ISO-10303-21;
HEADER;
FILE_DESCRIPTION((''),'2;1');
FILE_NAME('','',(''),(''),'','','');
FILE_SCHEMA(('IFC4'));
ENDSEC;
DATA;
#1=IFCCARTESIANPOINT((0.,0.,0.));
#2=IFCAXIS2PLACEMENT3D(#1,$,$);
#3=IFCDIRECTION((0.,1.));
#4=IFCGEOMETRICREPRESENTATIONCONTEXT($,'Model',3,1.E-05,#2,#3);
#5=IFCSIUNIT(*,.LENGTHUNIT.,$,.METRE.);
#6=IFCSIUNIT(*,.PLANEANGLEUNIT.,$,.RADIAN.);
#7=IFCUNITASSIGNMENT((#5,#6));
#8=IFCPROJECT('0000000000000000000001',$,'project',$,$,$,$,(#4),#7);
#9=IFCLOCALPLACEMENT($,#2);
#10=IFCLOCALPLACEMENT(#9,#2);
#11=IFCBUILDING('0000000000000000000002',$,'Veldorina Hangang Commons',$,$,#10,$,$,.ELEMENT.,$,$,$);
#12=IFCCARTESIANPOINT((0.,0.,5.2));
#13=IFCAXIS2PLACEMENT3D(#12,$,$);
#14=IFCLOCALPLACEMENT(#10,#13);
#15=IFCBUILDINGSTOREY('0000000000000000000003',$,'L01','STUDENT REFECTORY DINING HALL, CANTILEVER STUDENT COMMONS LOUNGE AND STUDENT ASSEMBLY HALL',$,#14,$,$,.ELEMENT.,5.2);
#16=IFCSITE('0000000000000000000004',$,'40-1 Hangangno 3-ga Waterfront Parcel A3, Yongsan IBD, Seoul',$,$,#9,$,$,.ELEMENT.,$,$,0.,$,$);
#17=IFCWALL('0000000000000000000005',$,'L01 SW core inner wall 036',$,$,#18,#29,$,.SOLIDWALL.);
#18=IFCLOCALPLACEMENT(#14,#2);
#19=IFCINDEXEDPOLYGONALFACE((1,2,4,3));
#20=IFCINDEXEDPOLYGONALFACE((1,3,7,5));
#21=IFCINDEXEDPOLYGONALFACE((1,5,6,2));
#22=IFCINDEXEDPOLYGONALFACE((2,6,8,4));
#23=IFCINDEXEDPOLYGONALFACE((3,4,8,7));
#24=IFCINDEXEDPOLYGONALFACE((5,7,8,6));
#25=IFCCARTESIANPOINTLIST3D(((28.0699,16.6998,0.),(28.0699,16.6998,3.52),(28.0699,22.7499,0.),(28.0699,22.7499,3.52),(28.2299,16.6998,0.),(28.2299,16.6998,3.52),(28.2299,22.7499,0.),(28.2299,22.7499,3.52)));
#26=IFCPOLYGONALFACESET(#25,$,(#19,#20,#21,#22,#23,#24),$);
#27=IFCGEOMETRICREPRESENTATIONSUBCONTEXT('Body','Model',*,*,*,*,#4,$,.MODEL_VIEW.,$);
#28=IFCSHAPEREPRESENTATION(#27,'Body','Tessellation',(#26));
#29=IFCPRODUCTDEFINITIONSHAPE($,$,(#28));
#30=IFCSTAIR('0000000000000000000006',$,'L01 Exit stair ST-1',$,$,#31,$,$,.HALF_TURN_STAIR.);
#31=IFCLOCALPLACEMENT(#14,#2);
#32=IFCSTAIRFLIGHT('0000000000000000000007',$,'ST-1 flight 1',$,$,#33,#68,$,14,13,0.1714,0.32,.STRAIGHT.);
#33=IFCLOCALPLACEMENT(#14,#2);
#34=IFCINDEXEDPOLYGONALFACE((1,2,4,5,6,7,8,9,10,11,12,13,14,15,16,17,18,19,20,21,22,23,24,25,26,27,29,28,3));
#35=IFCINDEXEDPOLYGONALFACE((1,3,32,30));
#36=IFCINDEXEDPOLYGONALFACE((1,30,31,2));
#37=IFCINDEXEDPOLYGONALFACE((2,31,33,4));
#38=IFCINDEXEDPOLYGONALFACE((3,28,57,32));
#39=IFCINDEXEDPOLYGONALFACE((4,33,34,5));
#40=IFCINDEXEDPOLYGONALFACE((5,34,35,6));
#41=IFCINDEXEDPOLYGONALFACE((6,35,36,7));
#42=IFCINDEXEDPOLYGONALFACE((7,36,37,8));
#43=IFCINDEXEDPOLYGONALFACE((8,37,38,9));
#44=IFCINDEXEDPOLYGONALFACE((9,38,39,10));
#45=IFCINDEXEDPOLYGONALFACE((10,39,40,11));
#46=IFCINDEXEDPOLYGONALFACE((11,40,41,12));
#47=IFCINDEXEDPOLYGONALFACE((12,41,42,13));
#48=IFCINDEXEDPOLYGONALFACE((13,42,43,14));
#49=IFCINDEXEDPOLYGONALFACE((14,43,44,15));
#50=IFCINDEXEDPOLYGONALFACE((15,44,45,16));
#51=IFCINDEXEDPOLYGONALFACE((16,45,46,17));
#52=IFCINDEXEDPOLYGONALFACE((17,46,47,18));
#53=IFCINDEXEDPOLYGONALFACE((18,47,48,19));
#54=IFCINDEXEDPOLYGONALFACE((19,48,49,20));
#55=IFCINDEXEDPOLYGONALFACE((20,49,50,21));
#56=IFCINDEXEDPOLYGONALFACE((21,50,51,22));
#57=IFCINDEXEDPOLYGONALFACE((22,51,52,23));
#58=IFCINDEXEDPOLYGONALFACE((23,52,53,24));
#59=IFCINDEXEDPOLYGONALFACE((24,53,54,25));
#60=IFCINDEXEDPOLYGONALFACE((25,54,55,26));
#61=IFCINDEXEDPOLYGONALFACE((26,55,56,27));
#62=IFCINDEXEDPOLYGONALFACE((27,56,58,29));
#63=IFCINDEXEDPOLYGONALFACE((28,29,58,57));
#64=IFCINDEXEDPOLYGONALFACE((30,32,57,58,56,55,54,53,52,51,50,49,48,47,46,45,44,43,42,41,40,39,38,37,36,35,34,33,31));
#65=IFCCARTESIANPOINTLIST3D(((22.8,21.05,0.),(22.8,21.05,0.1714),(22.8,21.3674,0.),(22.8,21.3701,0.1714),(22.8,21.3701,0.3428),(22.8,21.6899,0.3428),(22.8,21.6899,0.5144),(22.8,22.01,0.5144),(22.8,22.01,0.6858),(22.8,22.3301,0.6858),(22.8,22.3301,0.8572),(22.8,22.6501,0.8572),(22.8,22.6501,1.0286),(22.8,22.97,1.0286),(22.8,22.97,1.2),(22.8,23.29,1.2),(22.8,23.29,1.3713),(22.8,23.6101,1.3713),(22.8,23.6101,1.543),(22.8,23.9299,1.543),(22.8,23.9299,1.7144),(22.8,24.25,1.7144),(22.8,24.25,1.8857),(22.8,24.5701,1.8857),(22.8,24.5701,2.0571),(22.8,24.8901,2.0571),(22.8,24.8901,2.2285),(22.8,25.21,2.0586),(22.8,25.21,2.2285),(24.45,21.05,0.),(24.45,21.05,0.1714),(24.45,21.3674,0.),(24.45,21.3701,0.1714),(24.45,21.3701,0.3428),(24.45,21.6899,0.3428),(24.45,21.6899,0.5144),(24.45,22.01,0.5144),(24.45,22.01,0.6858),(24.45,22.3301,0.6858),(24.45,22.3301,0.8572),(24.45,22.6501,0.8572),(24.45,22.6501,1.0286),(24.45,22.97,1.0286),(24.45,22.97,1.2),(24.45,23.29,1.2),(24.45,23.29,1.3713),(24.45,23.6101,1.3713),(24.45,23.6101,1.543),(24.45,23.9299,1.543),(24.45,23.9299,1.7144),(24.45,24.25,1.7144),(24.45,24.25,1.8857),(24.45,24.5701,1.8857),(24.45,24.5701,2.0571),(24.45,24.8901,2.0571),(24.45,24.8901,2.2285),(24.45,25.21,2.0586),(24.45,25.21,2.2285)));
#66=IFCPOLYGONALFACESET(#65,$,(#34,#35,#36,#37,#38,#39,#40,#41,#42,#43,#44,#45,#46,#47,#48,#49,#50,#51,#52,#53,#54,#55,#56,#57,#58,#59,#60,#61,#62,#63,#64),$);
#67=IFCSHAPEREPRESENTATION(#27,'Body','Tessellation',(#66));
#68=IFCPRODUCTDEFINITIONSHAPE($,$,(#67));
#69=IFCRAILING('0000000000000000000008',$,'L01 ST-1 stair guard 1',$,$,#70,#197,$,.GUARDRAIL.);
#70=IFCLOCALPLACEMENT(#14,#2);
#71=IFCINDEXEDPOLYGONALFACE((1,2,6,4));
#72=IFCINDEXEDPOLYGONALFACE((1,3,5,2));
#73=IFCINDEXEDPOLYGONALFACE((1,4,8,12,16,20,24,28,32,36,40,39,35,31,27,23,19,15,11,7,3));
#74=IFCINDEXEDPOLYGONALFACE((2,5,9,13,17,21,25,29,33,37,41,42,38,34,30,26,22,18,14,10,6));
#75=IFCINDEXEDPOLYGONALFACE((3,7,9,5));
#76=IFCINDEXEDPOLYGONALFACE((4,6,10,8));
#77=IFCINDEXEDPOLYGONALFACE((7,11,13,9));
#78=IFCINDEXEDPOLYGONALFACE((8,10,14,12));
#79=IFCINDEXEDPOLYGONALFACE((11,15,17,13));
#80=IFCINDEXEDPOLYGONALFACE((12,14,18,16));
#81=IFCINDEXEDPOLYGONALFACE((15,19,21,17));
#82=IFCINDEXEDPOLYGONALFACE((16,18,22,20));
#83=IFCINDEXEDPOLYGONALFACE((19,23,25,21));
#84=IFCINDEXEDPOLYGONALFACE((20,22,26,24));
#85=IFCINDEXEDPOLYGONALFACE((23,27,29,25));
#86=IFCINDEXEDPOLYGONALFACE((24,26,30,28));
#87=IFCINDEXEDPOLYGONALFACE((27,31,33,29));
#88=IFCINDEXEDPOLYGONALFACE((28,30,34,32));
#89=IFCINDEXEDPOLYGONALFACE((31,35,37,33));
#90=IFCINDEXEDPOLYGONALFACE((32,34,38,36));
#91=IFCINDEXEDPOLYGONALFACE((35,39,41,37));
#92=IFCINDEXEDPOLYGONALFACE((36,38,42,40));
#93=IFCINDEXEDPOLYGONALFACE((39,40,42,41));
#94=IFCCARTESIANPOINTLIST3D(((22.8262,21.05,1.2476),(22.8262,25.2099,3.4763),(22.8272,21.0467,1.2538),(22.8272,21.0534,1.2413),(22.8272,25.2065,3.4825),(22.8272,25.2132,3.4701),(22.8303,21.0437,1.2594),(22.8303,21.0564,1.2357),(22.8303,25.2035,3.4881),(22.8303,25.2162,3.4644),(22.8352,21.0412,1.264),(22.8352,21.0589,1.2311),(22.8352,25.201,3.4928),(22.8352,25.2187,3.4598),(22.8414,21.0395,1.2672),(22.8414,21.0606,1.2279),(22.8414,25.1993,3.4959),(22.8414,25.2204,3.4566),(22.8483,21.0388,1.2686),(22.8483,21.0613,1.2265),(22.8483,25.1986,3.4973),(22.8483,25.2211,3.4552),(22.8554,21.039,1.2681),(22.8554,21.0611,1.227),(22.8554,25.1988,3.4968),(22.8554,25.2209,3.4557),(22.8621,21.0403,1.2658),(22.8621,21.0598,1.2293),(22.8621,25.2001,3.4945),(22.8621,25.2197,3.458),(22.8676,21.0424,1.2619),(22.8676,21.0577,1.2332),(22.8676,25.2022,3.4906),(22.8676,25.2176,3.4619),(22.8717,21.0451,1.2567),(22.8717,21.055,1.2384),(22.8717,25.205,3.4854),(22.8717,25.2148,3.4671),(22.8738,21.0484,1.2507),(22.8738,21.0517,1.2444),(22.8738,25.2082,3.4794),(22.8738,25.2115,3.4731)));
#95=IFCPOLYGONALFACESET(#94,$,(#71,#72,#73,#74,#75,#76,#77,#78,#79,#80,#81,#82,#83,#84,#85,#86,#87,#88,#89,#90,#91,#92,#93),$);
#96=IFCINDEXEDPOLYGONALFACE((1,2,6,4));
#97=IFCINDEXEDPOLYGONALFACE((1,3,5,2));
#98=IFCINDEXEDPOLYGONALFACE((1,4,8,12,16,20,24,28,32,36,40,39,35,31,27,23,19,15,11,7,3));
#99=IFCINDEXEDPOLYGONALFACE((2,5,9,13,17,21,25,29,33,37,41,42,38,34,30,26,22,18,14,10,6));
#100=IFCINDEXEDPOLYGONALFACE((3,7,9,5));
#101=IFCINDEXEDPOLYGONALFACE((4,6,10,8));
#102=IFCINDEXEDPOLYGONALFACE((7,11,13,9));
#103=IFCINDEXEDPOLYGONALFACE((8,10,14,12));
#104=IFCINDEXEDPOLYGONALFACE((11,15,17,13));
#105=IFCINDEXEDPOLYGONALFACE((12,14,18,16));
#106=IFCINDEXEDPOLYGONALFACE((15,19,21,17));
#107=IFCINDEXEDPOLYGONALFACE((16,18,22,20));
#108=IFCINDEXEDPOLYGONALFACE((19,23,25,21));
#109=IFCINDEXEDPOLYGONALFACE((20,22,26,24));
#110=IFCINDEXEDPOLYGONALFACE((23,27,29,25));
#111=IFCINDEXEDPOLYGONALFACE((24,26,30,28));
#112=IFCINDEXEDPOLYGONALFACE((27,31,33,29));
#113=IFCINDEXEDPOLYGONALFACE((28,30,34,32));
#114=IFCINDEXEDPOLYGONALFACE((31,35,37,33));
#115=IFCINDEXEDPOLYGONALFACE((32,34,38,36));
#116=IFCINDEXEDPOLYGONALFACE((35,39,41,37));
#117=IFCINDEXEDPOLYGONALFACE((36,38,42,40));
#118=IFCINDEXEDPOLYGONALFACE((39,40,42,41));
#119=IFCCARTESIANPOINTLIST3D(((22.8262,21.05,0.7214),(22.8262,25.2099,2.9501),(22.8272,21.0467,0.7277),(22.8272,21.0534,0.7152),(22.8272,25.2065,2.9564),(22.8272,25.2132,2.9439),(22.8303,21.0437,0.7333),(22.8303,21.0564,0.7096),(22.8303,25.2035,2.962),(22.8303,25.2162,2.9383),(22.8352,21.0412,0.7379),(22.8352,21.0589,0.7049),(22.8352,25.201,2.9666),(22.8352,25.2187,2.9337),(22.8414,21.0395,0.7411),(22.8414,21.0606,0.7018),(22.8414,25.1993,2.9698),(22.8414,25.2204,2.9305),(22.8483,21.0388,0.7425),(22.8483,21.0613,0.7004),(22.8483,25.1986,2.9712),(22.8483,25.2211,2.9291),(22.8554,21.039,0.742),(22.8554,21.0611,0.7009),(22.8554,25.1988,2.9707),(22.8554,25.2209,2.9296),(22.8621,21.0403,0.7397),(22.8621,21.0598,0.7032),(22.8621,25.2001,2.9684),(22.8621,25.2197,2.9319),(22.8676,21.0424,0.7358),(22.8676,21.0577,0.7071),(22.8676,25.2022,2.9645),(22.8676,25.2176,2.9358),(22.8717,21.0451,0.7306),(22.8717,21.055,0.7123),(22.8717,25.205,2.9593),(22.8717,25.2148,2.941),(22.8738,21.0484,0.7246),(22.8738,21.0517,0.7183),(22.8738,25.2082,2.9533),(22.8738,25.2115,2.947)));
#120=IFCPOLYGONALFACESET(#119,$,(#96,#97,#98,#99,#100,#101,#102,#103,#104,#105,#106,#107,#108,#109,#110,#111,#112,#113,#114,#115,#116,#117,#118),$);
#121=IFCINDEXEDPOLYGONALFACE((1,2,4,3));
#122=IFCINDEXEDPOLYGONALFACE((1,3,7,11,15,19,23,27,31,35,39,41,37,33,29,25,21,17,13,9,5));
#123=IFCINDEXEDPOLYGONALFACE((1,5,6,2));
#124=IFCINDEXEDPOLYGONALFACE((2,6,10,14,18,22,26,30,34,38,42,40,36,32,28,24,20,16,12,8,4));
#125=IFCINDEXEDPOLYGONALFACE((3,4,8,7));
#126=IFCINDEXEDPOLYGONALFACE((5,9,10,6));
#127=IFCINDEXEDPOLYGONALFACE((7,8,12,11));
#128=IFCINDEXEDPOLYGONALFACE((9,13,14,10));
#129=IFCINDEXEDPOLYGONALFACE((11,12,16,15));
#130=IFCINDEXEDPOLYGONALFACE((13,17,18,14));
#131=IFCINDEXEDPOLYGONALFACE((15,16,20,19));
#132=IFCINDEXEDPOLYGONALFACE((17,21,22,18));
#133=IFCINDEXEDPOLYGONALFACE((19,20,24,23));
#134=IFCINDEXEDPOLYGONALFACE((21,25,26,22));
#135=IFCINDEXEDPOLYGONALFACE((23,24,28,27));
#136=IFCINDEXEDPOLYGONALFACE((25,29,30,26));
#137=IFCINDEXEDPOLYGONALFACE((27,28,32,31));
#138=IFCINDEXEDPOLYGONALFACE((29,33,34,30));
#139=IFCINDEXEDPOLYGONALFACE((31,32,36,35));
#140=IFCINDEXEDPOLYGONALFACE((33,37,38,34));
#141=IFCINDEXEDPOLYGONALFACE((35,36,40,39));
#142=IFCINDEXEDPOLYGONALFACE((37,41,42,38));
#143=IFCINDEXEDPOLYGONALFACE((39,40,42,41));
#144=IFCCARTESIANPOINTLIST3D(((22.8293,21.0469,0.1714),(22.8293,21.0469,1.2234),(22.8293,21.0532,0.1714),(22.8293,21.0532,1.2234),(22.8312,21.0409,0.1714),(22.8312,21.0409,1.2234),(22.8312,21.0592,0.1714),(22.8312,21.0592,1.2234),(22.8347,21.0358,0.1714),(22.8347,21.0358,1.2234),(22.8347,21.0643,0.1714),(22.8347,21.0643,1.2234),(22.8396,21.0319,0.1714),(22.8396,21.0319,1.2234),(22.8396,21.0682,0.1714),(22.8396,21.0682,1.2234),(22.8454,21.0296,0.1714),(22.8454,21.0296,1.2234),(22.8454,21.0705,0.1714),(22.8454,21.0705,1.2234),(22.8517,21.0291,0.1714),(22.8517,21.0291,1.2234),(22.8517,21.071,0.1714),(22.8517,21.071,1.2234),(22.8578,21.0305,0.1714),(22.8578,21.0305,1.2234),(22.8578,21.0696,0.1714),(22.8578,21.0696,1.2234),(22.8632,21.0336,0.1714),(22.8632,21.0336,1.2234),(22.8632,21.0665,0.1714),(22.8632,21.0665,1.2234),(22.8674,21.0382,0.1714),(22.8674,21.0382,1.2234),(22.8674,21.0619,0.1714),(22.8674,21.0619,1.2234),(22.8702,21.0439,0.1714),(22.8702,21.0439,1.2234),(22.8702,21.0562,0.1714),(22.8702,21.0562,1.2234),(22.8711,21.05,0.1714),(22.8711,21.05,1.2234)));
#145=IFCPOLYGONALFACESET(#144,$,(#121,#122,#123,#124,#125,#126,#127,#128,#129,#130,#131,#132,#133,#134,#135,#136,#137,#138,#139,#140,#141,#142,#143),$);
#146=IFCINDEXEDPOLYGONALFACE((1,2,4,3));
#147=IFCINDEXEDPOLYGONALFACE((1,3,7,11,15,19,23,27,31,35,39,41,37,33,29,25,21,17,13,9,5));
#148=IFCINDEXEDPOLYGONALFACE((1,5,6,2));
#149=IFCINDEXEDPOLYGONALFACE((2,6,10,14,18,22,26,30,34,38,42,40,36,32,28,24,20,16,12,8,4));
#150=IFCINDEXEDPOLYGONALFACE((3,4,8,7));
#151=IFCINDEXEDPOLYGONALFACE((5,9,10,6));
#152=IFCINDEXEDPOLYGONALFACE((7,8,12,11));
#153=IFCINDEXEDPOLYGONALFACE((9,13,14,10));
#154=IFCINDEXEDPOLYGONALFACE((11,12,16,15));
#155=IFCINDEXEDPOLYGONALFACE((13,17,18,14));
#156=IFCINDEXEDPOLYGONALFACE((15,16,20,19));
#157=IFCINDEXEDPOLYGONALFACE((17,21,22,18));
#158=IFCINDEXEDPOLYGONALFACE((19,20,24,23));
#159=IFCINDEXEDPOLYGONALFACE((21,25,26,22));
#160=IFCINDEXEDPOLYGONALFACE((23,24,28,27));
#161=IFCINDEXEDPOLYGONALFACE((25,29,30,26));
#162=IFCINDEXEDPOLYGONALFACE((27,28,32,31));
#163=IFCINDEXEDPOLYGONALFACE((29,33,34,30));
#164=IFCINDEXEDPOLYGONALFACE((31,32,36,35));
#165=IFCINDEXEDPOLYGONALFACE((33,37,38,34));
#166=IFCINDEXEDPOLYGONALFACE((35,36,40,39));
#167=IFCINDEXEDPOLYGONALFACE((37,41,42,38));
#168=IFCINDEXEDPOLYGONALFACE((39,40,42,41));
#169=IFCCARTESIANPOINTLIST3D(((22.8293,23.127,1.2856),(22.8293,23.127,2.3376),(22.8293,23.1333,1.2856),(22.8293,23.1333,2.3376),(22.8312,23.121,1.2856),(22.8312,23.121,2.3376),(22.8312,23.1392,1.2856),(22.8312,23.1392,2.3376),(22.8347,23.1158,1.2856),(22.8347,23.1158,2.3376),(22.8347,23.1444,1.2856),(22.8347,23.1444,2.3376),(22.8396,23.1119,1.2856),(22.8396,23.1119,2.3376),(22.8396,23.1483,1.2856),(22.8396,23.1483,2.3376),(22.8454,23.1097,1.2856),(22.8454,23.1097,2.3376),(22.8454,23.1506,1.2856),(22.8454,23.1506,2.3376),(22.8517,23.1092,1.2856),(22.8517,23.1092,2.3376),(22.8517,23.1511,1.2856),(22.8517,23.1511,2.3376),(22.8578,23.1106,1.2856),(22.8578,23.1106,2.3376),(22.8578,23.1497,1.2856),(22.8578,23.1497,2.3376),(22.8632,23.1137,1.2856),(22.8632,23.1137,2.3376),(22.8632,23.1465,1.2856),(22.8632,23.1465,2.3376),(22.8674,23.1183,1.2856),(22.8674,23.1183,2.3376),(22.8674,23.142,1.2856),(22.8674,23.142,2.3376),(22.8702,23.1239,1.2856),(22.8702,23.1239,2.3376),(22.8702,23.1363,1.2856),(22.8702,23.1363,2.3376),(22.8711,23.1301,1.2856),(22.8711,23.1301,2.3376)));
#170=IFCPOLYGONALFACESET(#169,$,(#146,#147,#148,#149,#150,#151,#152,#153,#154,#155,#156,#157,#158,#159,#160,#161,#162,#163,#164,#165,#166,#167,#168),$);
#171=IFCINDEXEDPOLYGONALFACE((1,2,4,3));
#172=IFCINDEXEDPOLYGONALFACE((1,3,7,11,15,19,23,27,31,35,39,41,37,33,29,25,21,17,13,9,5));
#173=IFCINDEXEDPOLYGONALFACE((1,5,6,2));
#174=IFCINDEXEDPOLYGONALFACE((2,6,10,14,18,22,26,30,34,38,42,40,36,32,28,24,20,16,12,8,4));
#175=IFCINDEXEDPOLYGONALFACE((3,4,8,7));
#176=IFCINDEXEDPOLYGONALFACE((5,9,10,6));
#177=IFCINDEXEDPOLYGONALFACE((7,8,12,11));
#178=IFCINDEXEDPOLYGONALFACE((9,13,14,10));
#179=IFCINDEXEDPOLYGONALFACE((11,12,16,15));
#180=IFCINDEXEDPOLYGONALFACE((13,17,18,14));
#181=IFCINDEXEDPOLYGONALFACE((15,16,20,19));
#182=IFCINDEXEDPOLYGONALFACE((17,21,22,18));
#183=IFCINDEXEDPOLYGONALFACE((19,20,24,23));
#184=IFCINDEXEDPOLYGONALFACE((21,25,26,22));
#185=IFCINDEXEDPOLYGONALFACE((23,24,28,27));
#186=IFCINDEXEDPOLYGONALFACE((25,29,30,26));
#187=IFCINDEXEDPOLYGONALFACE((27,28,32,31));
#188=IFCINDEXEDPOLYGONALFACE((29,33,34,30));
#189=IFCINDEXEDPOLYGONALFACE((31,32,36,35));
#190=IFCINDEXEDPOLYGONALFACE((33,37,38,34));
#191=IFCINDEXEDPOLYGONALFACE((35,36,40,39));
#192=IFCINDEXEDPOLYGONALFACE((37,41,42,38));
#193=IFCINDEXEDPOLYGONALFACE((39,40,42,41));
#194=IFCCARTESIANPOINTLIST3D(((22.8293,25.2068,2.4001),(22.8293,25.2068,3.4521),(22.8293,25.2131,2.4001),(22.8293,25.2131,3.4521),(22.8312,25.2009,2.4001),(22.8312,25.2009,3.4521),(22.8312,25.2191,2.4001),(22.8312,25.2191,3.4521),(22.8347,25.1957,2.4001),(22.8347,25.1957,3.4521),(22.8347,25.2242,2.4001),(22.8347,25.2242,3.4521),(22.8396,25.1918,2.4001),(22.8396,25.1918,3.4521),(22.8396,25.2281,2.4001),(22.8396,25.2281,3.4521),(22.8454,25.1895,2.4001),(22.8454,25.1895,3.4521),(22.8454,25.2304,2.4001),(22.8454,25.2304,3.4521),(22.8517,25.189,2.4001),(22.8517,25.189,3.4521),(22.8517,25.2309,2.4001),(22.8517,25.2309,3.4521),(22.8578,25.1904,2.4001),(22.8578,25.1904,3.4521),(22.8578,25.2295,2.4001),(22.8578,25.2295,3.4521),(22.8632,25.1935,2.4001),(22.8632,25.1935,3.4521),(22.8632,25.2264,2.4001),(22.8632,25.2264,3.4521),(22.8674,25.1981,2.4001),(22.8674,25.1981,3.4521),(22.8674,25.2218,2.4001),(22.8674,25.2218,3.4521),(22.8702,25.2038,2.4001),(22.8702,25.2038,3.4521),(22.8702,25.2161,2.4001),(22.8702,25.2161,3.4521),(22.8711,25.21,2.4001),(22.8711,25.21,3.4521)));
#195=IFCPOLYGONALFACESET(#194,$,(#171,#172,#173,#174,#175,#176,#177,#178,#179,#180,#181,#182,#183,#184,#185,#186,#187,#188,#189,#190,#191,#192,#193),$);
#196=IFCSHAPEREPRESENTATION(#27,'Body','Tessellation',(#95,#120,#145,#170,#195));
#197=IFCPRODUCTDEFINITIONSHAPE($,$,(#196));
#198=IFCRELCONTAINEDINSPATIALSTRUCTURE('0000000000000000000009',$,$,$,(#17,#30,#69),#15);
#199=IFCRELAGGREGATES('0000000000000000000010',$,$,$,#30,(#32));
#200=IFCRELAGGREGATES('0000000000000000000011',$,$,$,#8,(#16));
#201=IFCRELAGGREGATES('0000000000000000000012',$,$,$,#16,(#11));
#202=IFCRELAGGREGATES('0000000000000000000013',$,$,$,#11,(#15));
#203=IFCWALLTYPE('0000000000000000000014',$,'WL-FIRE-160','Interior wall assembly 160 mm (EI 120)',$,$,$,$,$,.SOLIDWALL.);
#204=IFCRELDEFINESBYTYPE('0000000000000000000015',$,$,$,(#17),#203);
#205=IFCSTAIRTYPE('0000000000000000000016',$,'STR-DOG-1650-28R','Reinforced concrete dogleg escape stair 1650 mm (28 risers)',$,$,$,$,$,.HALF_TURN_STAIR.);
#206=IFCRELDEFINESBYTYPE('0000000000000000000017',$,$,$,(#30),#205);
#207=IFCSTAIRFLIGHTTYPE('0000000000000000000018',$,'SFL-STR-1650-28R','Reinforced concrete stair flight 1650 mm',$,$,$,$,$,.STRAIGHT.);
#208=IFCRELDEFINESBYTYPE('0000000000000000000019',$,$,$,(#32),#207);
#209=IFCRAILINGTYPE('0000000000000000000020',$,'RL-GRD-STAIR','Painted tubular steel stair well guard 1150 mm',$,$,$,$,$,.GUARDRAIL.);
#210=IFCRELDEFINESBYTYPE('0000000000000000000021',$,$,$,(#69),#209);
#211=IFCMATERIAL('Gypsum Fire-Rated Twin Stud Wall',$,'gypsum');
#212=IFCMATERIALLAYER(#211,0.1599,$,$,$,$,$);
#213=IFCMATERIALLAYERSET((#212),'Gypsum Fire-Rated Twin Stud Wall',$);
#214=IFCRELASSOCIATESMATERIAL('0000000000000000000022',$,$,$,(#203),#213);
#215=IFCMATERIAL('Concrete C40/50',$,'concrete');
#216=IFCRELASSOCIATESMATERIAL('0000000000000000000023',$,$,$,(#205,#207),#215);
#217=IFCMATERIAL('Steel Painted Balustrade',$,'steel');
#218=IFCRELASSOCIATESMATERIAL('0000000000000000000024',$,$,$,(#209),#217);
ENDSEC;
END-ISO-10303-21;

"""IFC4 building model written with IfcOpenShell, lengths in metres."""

from ifc_helpers import new_model, si_unit, direction, frame, frame_2d, origin, origin_2d, place, context, subcontext, project, spatial, polyline, rectangle, circle, outline, extrude, material, layer, layer_set, type_object, element, aggregate, save


model = new_model("IFC4")

# Units and contexts
model_context = context("Model", 3, precision=1e-05, world=origin(), true_north=direction((0.0, 1.0)))
body_context = subcontext(model_context, "Body", "Model", "MODEL_VIEW")
ifc_project = project(units=[si_unit("LENGTHUNIT", "METRE"), si_unit("PLANEANGLEUNIT", "RADIAN")], contexts=[model_context])

# Site, building, storey
site_placement = place(None, origin())
site = spatial("IfcSite", under=ifc_project, at=site_placement, Name="40-1 Hangangno 3-ga Waterfront Parcel A3, Yongsan IBD, Seoul", CompositionType="ELEMENT", RefElevation=0.0)
building_placement = place(site_placement, origin())
building = spatial("IfcBuilding", under=site, at=building_placement, Name="Veldorina Hangang Commons", CompositionType="ELEMENT")
storey_placement = place(building_placement, frame((0.0, 0.0, 5.2)))
storey = spatial("IfcBuildingStorey", under=building, at=storey_placement, Name="L01", Description="STUDENT REFECTORY DINING HALL, CANTILEVER STUDENT COMMONS LOUNGE AND STUDENT ASSEMBLY HALL", CompositionType="ELEMENT", Elevation=5.2)

# Shared definitions
ifc_material_1 = material(Name="Gypsum Fire-Rated Twin Stud Wall", Category="gypsum")
ifc_layer_1 = layer(ifc_material_1, 0.1599)
ifc_layer_set_1 = layer_set([ifc_layer_1], Name="Gypsum Fire-Rated Twin Stud Wall")
wall_type_1 = type_object("IfcWallType", Name="WL-FIRE-160", Description="Interior wall assembly 160 mm (EI 120)", PredefinedType="SOLIDWALL", material=ifc_layer_set_1)

# Wall
wall_1_placement = place(storey_placement, frame((28.1499, 16.7, 0.0), z_axis=(0.0, 0.0, 1.0), x_axis=(0.0, 1.0, 0.0)))
element("IfcWall", 1, at=wall_1_placement, inside=storey, type_object=wall_type_1, Name="L01 SW core inner wall 036", PredefinedType="SOLIDWALL", context=body_context, shape_type="SweptSolid", body=[
    extrude(rectangle(XDim=6.05, YDim=0.1599, at=frame_2d((3.0249, 0.0))), origin(), (0.0, 0.0, 1.0), 3.52),
])

# Stair, stair flight
ifc_material_2 = material(Name="Concrete C40/50", Category="concrete")
stair_type = type_object("IfcStairType", Name="STR-DOG-1650-28R", Description="Reinforced concrete dogleg escape stair 1650 mm (28 risers)", PredefinedType="HALF_TURN_STAIR", material=ifc_material_2)
stair_placement = place(storey_placement, origin())
stair = element("IfcStair", 2, at=stair_placement, inside=storey, type_object=stair_type, Name="L01 Exit stair ST-1", PredefinedType="HALF_TURN_STAIR")
stair_flight_type = type_object("IfcStairFlightType", Name="SFL-STR-1650-28R", Description="Reinforced concrete stair flight 1650 mm", PredefinedType="STRAIGHT", material=ifc_material_2)
stair_flight_placement = place(storey_placement, frame((23.625, 21.05, 0.0), z_axis=(0.0, 0.0, 1.0), x_axis=(0.0, 1.0, 0.0)))
stair_flight = element("IfcStairFlight", 3, at=stair_flight_placement, type_object=stair_flight_type, Name="ST-1 flight 1", NumberOfRisers=14, NumberOfTreads=13, PredefinedType="STRAIGHT", RiserHeight=0.1714, TreadLength=0.32, context=body_context, shape_type="SweptSolid", body=[
    extrude(outline(polyline([(0.0, 0.0), (0.0, 0.1714), (0.3201, 0.1714), (0.3201, 0.3428), (0.6399, 0.3428), (0.6399, 0.5144), (0.96, 0.5144), (0.96, 0.6858), (1.28, 0.6858), (1.28, 0.8572), (1.6001, 0.8572), (1.6001, 1.0286), (1.9199, 1.0286), (1.9199, 1.2), (2.24, 1.2), (2.24, 1.3713), (2.5601, 1.3713), (2.5601, 1.543), (2.8799, 1.543), (2.8799, 1.7144), (3.2, 1.7144), (3.2, 1.8857), (3.52, 1.8857), (3.52, 2.0571), (3.8401, 2.0571), (3.8401, 2.2285), (4.1599, 2.2285), (4.1599, 2.3999), (4.1599, 2.0586), (0.3174, 0.0), (0.0, 0.0)])), frame((0.0, 0.825, 0.0), z_axis=(0.0, -1.0, 0.0), x_axis=(1.0, 0.0, 0.0)), (0.0, 0.0, 1.0), 1.6499),
])
aggregate(stair, [stair_flight])

# Railing
ifc_material_3 = material(Name="Steel Painted Balustrade", Category="steel")
railing_type_1 = type_object("IfcRailingType", Name="RL-GRD-STAIR", Description="Painted tubular steel stair well guard 1150 mm", PredefinedType="GUARDRAIL", material=ifc_material_3)
railing_1_placement = place(storey_placement, frame((22.8501, 21.05, 0.1714)))
element("IfcRailing", 4, at=railing_1_placement, inside=storey, type_object=railing_type_1, Name="L01 ST-1 stair guard 1", PredefinedType="GUARDRAIL", context=body_context, shape_type="SweptSolid", body=[
    extrude(circle(Radius=0.0239, at=origin_2d()), frame((0.0, 0.0, 1.0762), z_axis=(0.0, 0.881459, 0.47226), x_axis=(-1.0, 0.0, 0.0)), (0.0, 0.0, 1.0), 4.7192),
    extrude(circle(Radius=0.0239, at=origin_2d()), frame((0.0, 0.0, 0.55), z_axis=(0.0, 0.881459, 0.47226), x_axis=(-1.0, 0.0, 0.0)), (0.0, 0.0, 1.0), 4.7192),
    extrude(circle(Radius=0.021, at=origin_2d()), origin(), (0.0, 0.0, 1.0), 1.052),
    extrude(circle(Radius=0.021, at=origin_2d()), frame((0.0, 2.0801, 1.1143)), (0.0, 0.0, 1.0), 1.052),
    extrude(circle(Radius=0.021, at=origin_2d()), frame((0.0, 4.1599, 2.2288)), (0.0, 0.0, 1.0), 1.052),
])

save(model, "model.ifc")
